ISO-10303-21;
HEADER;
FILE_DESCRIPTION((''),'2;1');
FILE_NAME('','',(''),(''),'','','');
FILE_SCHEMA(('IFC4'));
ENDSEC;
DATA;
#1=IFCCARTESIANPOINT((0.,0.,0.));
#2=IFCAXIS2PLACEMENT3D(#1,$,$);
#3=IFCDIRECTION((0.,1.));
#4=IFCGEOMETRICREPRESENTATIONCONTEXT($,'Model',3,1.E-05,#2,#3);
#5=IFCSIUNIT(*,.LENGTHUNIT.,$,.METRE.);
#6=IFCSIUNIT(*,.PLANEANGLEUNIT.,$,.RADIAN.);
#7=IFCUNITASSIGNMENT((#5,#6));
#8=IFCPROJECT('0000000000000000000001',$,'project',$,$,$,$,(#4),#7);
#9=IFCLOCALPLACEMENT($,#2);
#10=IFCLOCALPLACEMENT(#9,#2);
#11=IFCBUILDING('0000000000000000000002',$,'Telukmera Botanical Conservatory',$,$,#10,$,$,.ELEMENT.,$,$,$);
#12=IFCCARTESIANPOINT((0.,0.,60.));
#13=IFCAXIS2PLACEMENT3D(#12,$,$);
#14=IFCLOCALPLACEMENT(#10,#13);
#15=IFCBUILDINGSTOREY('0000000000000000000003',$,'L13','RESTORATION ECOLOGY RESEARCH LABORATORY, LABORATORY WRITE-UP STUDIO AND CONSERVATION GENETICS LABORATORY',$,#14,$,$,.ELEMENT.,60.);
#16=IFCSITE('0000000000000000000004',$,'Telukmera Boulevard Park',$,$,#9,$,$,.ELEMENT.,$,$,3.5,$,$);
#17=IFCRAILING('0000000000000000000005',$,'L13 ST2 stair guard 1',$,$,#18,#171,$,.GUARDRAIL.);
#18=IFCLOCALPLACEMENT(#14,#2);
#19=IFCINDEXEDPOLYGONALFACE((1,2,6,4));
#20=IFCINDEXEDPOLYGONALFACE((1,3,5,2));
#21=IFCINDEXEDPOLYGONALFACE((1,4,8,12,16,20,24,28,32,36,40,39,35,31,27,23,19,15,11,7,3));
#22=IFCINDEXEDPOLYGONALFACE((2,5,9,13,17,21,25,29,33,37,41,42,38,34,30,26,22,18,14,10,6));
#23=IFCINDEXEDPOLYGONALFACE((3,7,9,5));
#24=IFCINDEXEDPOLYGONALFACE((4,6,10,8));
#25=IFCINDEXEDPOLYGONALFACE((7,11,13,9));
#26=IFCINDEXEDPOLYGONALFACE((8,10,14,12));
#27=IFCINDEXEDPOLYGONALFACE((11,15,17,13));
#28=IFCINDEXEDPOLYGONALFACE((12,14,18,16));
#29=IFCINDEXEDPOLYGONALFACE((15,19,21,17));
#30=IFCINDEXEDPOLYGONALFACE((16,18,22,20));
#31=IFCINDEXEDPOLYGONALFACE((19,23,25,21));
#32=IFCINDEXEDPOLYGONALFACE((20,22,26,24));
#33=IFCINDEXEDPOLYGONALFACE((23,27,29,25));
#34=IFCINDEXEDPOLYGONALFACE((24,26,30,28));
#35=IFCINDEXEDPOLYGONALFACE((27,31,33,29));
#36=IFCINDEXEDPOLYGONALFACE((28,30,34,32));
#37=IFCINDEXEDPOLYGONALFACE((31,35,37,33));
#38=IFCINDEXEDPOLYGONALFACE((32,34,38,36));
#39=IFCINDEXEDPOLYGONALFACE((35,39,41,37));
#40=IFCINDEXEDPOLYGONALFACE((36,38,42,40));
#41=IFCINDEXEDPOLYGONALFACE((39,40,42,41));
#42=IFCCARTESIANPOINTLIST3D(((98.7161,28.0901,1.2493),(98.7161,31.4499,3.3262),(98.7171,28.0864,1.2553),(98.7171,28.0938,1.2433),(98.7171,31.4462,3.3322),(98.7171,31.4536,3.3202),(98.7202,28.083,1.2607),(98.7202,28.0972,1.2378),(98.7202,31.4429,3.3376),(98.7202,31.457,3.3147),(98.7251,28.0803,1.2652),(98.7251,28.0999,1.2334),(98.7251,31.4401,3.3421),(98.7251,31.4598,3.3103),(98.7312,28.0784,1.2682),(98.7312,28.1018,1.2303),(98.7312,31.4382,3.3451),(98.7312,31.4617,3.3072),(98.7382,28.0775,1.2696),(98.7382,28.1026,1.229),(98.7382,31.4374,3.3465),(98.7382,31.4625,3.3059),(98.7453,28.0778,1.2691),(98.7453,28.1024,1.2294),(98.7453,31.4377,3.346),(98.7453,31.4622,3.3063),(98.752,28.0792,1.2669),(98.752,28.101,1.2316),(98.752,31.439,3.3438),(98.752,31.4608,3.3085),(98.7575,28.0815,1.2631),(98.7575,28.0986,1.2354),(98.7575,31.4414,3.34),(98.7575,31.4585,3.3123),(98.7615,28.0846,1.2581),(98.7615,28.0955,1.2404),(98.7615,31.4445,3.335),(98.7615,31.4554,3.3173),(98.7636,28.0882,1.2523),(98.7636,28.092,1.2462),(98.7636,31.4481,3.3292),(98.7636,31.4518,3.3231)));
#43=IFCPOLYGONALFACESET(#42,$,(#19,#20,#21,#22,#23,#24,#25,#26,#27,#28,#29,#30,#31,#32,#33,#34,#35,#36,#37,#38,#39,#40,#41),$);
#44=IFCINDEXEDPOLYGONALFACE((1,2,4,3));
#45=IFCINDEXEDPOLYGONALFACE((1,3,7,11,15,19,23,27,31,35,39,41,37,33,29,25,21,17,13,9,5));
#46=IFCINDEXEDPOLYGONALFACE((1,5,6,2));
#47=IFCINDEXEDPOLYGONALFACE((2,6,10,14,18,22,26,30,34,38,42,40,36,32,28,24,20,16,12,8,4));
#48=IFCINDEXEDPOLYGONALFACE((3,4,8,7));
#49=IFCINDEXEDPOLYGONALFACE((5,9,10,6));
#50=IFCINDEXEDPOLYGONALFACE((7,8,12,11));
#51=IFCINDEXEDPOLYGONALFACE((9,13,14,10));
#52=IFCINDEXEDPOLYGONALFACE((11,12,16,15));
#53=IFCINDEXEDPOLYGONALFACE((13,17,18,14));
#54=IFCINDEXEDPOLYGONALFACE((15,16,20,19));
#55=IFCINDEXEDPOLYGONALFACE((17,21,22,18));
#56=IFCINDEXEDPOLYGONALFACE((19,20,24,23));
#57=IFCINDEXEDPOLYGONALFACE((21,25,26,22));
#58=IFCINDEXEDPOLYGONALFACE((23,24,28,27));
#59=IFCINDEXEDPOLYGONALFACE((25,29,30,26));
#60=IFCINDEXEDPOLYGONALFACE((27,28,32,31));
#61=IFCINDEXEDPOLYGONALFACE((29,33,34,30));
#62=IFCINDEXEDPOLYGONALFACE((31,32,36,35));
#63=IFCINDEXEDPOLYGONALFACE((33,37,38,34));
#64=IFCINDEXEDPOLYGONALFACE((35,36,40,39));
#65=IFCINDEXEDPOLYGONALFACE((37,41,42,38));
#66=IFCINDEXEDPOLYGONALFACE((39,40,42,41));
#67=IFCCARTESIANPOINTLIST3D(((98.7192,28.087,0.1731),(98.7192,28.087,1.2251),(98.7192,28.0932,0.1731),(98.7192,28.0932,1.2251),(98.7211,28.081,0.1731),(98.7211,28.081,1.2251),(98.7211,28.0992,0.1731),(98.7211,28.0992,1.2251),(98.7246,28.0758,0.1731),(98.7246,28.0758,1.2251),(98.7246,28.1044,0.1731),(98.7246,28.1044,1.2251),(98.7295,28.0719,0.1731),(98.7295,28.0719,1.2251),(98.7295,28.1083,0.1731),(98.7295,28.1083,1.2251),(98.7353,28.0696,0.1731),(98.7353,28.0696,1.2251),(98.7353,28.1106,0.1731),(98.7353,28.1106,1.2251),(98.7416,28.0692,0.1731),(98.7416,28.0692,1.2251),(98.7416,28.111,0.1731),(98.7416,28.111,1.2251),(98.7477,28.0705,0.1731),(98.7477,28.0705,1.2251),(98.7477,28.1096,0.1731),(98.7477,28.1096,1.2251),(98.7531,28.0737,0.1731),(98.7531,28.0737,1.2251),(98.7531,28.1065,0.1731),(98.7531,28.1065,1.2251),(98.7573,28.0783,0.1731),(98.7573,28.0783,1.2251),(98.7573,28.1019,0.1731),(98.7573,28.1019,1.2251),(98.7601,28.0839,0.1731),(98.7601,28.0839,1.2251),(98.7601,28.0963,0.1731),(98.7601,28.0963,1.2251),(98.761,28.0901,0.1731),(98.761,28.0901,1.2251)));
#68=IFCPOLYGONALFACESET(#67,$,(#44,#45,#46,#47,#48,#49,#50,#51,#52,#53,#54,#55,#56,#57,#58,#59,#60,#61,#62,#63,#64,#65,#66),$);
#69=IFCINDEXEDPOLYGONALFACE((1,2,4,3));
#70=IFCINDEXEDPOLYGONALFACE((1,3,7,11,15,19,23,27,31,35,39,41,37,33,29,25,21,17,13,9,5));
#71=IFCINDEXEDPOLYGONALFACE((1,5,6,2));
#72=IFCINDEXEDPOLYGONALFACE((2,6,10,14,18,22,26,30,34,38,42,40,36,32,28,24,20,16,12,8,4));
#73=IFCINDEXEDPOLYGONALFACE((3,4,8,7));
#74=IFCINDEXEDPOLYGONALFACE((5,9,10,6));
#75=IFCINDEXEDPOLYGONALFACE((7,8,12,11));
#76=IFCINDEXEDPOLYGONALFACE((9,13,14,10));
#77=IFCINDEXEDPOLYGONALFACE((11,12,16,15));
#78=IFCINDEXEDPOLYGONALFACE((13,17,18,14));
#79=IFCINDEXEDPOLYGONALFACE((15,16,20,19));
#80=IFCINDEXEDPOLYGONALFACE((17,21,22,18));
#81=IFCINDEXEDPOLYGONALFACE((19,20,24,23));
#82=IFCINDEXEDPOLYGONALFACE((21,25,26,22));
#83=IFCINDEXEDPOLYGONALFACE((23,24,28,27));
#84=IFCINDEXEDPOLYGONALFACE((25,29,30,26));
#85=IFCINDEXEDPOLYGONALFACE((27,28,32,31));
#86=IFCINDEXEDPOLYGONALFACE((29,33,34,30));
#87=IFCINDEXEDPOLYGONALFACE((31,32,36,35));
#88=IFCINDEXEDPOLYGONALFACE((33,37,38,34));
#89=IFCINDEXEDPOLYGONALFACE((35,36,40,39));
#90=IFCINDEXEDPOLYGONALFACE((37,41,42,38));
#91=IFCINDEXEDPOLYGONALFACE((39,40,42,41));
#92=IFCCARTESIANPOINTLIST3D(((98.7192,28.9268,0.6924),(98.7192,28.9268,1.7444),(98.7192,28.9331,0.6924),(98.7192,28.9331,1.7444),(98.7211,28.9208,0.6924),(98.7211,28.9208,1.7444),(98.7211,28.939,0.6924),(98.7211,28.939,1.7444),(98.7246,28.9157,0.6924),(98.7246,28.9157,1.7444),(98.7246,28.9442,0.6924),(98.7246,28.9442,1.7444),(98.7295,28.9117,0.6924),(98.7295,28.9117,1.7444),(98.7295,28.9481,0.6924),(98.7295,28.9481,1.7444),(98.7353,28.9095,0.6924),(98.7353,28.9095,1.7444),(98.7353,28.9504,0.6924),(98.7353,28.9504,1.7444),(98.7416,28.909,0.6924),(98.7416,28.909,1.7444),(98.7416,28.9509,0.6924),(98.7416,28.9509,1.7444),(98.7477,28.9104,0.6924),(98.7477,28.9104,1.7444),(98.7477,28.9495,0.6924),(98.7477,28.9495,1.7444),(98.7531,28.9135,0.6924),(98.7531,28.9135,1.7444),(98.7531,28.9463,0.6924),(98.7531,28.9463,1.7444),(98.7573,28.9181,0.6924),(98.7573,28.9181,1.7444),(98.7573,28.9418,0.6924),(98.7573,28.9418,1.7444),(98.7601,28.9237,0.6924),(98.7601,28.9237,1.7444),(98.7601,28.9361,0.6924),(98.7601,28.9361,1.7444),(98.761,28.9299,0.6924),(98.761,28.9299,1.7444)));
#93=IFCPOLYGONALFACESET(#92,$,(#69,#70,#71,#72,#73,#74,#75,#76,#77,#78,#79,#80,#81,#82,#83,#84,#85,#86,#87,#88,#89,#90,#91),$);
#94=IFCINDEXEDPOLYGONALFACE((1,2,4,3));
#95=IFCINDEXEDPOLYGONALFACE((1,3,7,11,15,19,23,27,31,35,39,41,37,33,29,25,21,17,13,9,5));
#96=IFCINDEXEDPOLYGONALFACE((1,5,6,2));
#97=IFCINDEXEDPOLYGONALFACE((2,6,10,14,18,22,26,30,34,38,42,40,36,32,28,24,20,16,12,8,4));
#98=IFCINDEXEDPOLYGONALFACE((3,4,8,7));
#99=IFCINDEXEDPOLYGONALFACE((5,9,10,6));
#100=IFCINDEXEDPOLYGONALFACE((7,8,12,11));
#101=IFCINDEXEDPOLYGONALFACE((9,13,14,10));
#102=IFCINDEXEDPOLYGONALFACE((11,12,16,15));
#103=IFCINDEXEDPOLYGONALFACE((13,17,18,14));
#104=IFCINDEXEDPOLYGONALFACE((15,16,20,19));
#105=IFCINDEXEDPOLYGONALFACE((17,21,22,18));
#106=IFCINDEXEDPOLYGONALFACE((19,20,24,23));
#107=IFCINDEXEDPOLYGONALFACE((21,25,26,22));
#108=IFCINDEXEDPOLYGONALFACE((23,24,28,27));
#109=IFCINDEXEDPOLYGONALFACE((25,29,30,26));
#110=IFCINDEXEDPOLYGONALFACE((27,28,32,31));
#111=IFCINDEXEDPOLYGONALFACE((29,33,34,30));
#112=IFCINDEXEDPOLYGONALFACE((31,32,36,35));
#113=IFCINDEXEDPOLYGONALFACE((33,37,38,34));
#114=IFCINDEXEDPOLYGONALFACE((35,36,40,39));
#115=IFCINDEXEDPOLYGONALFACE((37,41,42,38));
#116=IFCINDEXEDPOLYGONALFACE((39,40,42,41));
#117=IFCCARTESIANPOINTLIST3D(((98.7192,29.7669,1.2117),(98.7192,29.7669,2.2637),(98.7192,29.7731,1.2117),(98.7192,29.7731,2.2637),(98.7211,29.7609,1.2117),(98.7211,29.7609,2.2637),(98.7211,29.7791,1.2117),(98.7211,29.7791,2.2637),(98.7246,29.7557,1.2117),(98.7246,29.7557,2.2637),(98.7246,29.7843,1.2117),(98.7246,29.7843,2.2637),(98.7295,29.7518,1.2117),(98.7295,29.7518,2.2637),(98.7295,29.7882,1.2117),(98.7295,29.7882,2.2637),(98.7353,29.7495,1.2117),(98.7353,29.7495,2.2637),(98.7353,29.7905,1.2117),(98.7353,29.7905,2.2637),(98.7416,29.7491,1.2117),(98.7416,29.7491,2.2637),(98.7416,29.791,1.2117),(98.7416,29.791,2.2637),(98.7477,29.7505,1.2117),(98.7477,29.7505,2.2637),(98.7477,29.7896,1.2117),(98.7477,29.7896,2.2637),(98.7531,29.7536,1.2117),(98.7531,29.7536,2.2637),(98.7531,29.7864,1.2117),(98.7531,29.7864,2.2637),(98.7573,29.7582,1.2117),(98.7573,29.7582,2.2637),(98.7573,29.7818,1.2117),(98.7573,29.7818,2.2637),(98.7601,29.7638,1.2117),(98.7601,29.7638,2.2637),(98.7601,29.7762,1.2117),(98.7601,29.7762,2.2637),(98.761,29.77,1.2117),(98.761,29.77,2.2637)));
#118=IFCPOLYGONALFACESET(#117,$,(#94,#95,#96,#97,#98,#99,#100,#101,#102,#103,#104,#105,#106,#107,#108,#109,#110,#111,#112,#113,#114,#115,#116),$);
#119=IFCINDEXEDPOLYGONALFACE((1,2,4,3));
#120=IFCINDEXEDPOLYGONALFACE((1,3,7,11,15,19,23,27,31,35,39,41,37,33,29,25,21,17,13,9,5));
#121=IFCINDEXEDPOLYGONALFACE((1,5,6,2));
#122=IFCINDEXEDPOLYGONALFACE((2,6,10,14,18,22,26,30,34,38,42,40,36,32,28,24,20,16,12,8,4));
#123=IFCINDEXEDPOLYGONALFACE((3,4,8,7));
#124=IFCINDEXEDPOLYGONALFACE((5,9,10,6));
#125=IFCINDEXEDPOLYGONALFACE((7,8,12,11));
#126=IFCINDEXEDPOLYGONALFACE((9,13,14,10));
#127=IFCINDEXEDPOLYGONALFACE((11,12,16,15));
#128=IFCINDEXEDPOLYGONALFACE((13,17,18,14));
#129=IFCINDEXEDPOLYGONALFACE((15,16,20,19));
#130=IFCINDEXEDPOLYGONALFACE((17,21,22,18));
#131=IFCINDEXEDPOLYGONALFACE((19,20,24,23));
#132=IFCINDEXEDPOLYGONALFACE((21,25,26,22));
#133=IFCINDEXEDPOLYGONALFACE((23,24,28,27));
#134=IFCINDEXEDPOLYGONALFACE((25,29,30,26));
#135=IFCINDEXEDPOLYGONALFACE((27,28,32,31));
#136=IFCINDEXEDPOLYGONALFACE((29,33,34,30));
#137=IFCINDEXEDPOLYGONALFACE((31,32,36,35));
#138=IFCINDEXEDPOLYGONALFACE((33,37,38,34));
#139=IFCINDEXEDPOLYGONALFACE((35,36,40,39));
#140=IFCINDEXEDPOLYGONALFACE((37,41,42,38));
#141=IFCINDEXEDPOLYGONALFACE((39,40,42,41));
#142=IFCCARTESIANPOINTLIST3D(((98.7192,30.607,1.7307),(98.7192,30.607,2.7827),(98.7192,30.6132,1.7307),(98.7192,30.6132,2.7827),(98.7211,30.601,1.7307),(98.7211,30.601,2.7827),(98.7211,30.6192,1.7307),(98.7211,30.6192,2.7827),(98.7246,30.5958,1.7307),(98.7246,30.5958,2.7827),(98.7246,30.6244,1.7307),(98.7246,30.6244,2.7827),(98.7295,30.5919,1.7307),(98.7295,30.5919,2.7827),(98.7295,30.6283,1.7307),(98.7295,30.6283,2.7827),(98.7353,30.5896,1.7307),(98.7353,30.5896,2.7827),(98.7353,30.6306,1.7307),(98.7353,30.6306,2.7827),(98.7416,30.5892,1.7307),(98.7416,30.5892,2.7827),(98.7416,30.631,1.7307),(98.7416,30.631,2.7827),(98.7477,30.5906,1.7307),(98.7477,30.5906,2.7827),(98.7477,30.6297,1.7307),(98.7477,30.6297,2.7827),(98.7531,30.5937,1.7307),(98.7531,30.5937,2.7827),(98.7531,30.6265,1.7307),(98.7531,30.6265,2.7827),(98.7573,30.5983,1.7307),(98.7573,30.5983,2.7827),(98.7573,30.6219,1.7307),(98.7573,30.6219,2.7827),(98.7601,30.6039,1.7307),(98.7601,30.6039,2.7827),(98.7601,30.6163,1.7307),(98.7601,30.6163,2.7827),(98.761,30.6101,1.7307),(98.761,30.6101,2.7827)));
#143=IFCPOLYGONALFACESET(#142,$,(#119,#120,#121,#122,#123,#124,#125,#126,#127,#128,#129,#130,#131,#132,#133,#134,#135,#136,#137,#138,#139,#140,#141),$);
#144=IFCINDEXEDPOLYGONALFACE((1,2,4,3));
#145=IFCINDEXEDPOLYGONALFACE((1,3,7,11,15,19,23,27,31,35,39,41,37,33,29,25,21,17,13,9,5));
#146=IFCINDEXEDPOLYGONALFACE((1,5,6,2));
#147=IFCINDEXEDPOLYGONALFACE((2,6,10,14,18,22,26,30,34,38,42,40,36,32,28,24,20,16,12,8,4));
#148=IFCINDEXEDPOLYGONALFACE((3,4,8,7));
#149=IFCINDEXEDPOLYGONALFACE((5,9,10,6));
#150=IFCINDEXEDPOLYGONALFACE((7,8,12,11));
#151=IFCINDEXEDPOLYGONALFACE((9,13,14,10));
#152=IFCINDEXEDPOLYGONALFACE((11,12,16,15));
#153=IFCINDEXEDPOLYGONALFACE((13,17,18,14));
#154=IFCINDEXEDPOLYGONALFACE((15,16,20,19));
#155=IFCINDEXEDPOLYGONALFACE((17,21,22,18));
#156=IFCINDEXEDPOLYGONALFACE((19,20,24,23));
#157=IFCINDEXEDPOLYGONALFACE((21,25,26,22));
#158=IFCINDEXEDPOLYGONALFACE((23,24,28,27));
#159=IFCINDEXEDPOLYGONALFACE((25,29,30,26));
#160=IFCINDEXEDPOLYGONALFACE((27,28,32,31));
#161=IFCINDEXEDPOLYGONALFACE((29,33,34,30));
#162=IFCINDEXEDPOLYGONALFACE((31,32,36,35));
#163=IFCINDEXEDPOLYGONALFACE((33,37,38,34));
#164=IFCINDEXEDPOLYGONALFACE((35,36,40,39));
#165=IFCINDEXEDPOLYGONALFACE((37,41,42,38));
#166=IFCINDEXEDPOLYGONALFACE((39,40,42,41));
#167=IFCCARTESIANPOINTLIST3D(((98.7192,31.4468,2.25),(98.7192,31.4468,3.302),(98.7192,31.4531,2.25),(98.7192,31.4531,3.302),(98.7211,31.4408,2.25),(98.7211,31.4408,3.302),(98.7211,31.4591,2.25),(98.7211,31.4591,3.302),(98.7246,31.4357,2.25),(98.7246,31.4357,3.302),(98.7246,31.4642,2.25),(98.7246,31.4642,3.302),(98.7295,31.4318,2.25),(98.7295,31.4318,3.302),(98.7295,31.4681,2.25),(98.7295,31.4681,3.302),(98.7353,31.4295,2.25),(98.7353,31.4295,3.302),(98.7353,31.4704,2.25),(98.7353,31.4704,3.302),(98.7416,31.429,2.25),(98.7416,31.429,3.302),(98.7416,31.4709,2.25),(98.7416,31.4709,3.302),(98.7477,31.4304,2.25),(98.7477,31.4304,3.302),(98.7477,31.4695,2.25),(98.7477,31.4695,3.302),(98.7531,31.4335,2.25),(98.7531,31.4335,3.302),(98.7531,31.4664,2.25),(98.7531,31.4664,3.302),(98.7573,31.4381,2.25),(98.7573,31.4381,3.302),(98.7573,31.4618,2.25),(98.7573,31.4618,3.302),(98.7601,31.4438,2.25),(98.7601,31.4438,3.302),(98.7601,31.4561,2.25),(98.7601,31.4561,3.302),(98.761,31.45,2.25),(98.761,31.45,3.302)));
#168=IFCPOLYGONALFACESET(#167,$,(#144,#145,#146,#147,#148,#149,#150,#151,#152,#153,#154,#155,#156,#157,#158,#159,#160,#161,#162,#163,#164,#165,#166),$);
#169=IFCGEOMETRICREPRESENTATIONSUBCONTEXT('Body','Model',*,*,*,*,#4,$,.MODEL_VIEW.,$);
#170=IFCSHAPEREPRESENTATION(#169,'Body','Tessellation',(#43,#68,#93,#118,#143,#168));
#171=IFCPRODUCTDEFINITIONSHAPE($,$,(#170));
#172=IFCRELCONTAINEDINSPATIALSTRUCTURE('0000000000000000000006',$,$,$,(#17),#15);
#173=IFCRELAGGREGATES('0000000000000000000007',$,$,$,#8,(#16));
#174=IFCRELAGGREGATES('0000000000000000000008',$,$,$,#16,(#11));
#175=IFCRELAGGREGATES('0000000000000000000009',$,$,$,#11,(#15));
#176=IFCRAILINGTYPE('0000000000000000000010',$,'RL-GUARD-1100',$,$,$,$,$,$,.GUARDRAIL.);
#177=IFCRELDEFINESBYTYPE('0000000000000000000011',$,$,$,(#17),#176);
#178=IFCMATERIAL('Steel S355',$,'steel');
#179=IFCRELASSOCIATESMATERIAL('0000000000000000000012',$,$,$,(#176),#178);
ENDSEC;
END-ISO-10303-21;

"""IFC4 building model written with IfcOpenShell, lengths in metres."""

from ifc_helpers import new_model, si_unit, direction, frame, origin, origin_2d, place, context, subcontext, project, spatial, circle, extrude, material, type_object, element, save


model = new_model("IFC4")

# Units and contexts
model_context = context("Model", 3, precision=1e-05, world=origin(), true_north=direction((0.0, 1.0)))
body_context = subcontext(model_context, "Body", "Model", "MODEL_VIEW")
ifc_project = project(units=[si_unit("LENGTHUNIT", "METRE"), si_unit("PLANEANGLEUNIT", "RADIAN")], contexts=[model_context])

# Site, building, storey
site_placement = place(None, origin())
site = spatial("IfcSite", under=ifc_project, at=site_placement, Name="Telukmera Boulevard Park", CompositionType="ELEMENT", RefElevation=3.5)
building_placement = place(site_placement, origin())
building = spatial("IfcBuilding", under=site, at=building_placement, Name="Telukmera Botanical Conservatory", CompositionType="ELEMENT")
storey_placement = place(building_placement, frame((0.0, 0.0, 60.0)))
storey = spatial("IfcBuildingStorey", under=building, at=storey_placement, Name="L13", Description="RESTORATION ECOLOGY RESEARCH LABORATORY, LABORATORY WRITE-UP STUDIO AND CONSERVATION GENETICS LABORATORY", CompositionType="ELEMENT", Elevation=60.0)

# Railing
ifc_material_1 = material(Name="Steel S355", Category="steel")
railing_type_1 = type_object("IfcRailingType", Name="RL-GUARD-1100", PredefinedType="GUARDRAIL", material=ifc_material_1)
railing_1_placement = place(storey_placement, frame((98.74, 28.0901, 0.1731)))
element("IfcRailing", 1, at=railing_1_placement, inside=storey, type_object=railing_type_1, Name="L13 ST2 stair guard 1", PredefinedType="GUARDRAIL", context=body_context, shape_type="SweptSolid", body=[
    extrude(circle(Radius=0.0239, at=origin_2d()), frame((0.0, 0.0, 1.0762), z_axis=(0.0, 0.850606, 0.525803), x_axis=(-1.0, 0.0, 0.0)), (0.0, 0.0, 1.0), 3.95),
    extrude(circle(Radius=0.021, at=origin_2d()), origin(), (0.0, 0.0, 1.0), 1.052),
    extrude(circle(Radius=0.021, at=origin_2d()), frame((0.0, 0.8398, 0.5193)), (0.0, 0.0, 1.0), 1.052),
    extrude(circle(Radius=0.021, at=origin_2d()), frame((0.0, 1.6799, 1.0386)), (0.0, 0.0, 1.0), 1.052),
    extrude(circle(Radius=0.021, at=origin_2d()), frame((0.0, 2.52, 1.5576)), (0.0, 0.0, 1.0), 1.052),
    extrude(circle(Radius=0.021, at=origin_2d()), frame((0.0, 3.3599, 2.0769)), (0.0, 0.0, 1.0), 1.052),
])

save(model, "model.ifc")
